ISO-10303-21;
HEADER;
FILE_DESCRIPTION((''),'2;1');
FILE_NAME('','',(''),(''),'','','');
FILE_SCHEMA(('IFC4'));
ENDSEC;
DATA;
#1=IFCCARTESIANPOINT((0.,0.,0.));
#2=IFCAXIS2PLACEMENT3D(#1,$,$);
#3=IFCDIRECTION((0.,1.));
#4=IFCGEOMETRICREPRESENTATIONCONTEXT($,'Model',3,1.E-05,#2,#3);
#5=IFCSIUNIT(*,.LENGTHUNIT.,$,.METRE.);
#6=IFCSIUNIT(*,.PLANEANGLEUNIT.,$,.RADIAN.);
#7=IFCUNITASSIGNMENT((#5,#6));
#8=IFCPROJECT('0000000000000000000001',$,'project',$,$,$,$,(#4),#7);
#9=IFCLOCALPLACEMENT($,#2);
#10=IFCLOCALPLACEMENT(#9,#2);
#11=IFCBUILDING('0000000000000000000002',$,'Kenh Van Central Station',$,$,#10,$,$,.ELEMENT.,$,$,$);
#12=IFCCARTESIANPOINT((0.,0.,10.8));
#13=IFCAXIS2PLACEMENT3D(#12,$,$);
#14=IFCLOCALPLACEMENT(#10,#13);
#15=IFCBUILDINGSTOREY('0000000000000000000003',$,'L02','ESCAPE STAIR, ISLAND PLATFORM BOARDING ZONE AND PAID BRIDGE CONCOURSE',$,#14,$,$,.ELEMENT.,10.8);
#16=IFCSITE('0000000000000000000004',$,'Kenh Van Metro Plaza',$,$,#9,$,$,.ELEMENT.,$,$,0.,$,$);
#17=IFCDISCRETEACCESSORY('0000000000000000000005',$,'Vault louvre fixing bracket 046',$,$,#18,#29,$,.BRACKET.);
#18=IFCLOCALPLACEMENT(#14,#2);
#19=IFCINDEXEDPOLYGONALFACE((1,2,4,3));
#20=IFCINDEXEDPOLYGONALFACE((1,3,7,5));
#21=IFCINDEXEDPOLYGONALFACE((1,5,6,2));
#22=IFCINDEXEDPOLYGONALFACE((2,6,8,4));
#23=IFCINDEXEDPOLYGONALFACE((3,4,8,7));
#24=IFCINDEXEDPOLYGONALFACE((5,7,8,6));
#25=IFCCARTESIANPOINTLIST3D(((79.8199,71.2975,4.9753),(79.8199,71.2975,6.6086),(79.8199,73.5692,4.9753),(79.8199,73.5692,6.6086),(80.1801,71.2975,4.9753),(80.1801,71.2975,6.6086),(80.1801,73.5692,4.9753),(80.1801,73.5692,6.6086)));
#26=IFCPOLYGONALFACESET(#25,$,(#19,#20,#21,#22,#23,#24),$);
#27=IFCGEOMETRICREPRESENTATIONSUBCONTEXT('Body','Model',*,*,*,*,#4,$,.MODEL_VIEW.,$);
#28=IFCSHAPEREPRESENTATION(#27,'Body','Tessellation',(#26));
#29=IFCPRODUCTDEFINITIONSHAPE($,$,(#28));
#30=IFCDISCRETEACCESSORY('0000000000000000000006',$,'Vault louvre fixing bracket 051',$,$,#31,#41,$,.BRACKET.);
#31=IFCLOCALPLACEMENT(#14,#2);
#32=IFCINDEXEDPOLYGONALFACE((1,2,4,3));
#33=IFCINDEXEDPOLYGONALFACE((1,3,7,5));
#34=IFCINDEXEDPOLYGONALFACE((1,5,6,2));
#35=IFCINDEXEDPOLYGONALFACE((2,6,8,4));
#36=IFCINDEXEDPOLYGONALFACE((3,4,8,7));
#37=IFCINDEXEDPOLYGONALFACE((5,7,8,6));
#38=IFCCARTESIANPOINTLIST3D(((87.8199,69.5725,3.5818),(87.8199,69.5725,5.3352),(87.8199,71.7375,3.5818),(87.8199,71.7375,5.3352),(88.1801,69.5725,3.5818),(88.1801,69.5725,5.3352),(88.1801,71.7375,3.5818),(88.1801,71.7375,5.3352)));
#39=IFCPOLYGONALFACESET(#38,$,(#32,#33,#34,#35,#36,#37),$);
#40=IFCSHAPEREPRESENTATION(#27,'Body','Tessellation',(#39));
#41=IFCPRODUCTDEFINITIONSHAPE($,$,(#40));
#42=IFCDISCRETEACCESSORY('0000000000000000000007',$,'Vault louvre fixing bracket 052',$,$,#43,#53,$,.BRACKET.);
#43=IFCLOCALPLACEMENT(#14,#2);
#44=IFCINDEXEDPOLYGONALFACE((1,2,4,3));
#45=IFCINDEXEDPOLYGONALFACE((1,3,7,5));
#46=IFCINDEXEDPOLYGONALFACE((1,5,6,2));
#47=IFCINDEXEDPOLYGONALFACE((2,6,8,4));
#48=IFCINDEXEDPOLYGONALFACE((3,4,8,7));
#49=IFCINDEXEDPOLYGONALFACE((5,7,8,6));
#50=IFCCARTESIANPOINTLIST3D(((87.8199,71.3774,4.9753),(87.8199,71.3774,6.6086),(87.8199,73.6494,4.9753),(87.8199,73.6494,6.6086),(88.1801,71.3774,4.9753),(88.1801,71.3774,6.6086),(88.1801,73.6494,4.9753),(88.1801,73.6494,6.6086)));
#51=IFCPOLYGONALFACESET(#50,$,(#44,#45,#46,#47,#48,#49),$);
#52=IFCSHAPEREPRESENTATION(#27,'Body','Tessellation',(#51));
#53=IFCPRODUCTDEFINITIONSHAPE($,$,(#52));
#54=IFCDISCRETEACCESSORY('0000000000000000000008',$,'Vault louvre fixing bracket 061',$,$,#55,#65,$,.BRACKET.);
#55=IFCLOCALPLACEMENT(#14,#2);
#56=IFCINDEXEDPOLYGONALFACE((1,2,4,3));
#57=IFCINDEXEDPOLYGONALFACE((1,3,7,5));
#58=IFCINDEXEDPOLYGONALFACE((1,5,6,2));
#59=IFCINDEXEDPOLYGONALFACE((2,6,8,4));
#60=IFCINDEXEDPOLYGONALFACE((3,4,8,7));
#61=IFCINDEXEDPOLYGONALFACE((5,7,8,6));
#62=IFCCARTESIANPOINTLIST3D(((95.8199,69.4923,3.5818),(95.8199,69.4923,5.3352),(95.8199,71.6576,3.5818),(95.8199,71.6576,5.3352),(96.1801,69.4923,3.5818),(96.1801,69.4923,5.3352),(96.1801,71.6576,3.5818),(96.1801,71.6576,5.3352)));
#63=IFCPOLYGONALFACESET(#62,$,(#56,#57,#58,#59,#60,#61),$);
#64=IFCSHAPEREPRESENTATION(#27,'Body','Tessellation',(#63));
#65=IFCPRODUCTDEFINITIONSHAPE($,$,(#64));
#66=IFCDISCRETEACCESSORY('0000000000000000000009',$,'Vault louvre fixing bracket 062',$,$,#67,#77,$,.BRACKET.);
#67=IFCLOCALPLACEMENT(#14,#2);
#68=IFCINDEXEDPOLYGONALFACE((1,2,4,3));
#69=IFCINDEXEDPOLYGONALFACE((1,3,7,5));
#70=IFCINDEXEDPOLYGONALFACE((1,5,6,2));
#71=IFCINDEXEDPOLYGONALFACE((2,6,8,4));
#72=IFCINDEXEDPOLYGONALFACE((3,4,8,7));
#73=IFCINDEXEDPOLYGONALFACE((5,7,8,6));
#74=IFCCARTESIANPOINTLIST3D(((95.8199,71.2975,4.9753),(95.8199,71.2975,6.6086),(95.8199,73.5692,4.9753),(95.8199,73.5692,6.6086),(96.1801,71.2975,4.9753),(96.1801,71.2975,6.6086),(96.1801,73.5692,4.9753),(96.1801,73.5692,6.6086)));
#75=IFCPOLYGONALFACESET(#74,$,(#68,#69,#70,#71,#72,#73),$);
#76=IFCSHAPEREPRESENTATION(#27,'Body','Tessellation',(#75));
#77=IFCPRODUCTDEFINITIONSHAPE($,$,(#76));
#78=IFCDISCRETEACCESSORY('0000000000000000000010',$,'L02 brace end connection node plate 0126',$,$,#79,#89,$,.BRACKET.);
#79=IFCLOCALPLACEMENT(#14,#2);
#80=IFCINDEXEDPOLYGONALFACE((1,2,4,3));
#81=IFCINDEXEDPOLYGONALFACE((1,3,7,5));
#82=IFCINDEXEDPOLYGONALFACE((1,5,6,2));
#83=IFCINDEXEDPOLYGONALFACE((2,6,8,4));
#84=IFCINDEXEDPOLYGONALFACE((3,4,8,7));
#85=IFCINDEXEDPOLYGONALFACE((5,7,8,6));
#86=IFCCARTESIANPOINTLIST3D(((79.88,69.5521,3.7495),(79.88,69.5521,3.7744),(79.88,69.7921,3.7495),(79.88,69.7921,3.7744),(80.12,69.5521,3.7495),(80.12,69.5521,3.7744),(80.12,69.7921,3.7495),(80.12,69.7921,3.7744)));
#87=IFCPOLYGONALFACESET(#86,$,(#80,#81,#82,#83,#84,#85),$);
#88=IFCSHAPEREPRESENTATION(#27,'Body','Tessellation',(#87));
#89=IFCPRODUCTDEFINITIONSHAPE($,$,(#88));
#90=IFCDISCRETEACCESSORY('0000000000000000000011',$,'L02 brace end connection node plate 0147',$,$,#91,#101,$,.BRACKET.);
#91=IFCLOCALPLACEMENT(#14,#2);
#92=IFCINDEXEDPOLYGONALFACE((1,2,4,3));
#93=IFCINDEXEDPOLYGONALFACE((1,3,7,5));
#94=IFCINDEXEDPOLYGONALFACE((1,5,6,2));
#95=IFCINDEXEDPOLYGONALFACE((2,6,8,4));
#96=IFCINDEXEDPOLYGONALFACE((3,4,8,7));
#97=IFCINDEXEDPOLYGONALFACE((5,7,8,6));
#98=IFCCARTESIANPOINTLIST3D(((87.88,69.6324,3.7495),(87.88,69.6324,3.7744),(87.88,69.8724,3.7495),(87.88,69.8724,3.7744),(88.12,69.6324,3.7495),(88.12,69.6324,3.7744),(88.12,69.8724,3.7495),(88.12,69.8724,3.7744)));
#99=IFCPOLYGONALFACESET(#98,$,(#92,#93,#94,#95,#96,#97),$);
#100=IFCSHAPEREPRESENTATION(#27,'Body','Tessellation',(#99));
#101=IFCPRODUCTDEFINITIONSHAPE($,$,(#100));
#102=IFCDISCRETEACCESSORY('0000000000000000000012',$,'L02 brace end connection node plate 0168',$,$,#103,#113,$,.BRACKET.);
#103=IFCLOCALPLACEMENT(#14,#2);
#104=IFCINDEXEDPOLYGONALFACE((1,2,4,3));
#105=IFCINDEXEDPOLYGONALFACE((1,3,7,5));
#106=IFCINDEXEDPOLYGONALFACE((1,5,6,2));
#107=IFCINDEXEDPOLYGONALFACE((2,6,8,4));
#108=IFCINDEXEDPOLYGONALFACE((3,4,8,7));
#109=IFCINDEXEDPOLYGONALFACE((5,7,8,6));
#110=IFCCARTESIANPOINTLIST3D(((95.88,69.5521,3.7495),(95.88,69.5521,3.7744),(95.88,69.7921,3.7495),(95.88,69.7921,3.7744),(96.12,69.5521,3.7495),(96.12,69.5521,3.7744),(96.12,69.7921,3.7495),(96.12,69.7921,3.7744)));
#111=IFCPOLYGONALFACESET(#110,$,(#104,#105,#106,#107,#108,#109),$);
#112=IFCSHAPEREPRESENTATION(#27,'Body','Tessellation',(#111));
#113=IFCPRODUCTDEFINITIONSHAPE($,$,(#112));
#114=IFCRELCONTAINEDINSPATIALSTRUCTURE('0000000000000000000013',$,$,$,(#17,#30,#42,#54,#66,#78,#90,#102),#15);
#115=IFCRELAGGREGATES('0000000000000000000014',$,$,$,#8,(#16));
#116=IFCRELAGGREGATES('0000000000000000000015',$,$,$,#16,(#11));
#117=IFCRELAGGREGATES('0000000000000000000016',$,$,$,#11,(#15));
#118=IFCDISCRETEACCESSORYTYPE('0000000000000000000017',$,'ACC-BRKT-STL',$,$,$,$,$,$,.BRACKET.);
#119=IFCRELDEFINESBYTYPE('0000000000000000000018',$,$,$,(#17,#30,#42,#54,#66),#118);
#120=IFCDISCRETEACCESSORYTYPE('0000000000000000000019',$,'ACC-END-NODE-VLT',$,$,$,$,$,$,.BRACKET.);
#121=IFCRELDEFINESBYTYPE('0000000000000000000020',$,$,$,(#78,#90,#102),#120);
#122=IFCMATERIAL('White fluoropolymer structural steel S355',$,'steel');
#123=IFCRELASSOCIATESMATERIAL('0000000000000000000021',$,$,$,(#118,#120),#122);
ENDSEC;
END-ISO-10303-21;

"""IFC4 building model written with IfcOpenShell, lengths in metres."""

from ifc_helpers import new_model, si_unit, direction, frame, origin, origin_2d, place, context, subcontext, project, spatial, rectangle, extrude, material, type_object, element, save


model = new_model("IFC4")

# Units and contexts
model_context = context("Model", 3, precision=1e-05, world=origin(), true_north=direction((0.0, 1.0)))
body_context = subcontext(model_context, "Body", "Model", "MODEL_VIEW")
ifc_project = project(units=[si_unit("LENGTHUNIT", "METRE"), si_unit("PLANEANGLEUNIT", "RADIAN")], contexts=[model_context])

# Site, building, storey
site_placement = place(None, origin())
site = spatial("IfcSite", under=ifc_project, at=site_placement, Name="Kenh Van Metro Plaza", CompositionType="ELEMENT", RefElevation=0.0)
building_placement = place(site_placement, origin())
building = spatial("IfcBuilding", under=site, at=building_placement, Name="Kenh Van Central Station", CompositionType="ELEMENT")
storey_placement = place(building_placement, frame((0.0, 0.0, 10.8)))
storey = spatial("IfcBuildingStorey", under=building, at=storey_placement, Name="L02", Description="ESCAPE STAIR, ISLAND PLATFORM BOARDING ZONE AND PAID BRIDGE CONCOURSE", CompositionType="ELEMENT", Elevation=10.8)

# Shared definitions
ifc_material_1 = material(Name="White fluoropolymer structural steel S355", Category="steel")

# Discrete accessories
discrete_accessory_type_1 = type_object("IfcDiscreteAccessoryType", Name="ACC-BRKT-STL", PredefinedType="BRACKET", material=ifc_material_1)
discrete_accessory_1_placement = place(storey_placement, frame((80.0, 72.4333, 4.9753), z_axis=(0.0, 0.0, 1.0), x_axis=(1.0, 0.0, 0.0)))
element("IfcDiscreteAccessory", 1, at=discrete_accessory_1_placement, inside=storey, type_object=discrete_accessory_type_1, Name="Vault louvre fixing bracket 046", PredefinedType="BRACKET", context=body_context, shape_type="SweptSolid", body=[
    extrude(rectangle(XDim=0.3601, YDim=2.2717, at=origin_2d()), origin(), (0.0, 0.0, 1.0), 1.6333),
])
discrete_accessory_2_placement = place(storey_placement, frame((88.0, 70.655, 3.5818), z_axis=(0.0, 0.0, 1.0), x_axis=(1.0, 0.0, 0.0)))
element("IfcDiscreteAccessory", 2, at=discrete_accessory_2_placement, inside=storey, type_object=discrete_accessory_type_1, Name="Vault louvre fixing bracket 051", PredefinedType="BRACKET", context=body_context, shape_type="SweptSolid", body=[
    extrude(rectangle(XDim=0.3601, YDim=2.165, at=origin_2d()), origin(), (0.0, 0.0, 1.0), 1.7534),
])
discrete_accessory_3_placement = place(storey_placement, frame((88.0, 72.5134, 4.9753), z_axis=(0.0, 0.0, 1.0), x_axis=(1.0, 0.0, 0.0)))
element("IfcDiscreteAccessory", 3, at=discrete_accessory_3_placement, inside=storey, type_object=discrete_accessory_type_1, Name="Vault louvre fixing bracket 052", PredefinedType="BRACKET", context=body_context, shape_type="SweptSolid", body=[
    extrude(rectangle(XDim=0.3601, YDim=2.272, at=origin_2d()), origin(), (0.0, 0.0, 1.0), 1.6333),
])
discrete_accessory_4_placement = place(storey_placement, frame((96.0, 70.575, 3.5818), z_axis=(0.0, 0.0, 1.0), x_axis=(1.0, 0.0, 0.0)))
element("IfcDiscreteAccessory", 4, at=discrete_accessory_4_placement, inside=storey, type_object=discrete_accessory_type_1, Name="Vault louvre fixing bracket 061", PredefinedType="BRACKET", context=body_context, shape_type="SweptSolid", body=[
    extrude(rectangle(XDim=0.3601, YDim=2.1653, at=origin_2d()), origin(), (0.0, 0.0, 1.0), 1.7534),
])
discrete_accessory_5_placement = place(storey_placement, frame((96.0, 72.4333, 4.9753), z_axis=(0.0, 0.0, 1.0), x_axis=(1.0, 0.0, 0.0)))
element("IfcDiscreteAccessory", 5, at=discrete_accessory_5_placement, inside=storey, type_object=discrete_accessory_type_1, Name="Vault louvre fixing bracket 062", PredefinedType="BRACKET", context=body_context, shape_type="SweptSolid", body=[
    extrude(rectangle(XDim=0.3601, YDim=2.2717, at=origin_2d()), origin(), (0.0, 0.0, 1.0), 1.6333),
])
discrete_accessory_type_2 = type_object("IfcDiscreteAccessoryType", Name="ACC-END-NODE-VLT", PredefinedType="BRACKET", material=ifc_material_1)
for number, where, z_axis, x_axis, name in (
    (6, (80.0, 69.6721, 3.7495), (0.0, 0.0, 1.0), (1.0, 0.0, 0.0), "L02 brace end connection node plate 0126"),
    (7, (88.0, 69.7524, 3.7495), (0.0, 0.0, 1.0), (1.0, 0.0, 0.0), "L02 brace end connection node plate 0147"),
    (8, (96.0, 69.6721, 3.7495), (0.0, 0.0, 1.0), (1.0, 0.0, 0.0), "L02 brace end connection node plate 0168"),
):
    element("IfcDiscreteAccessory", number, at=place(storey_placement, frame(where, z_axis=z_axis, x_axis=x_axis)), inside=storey, type_object=discrete_accessory_type_2, Name=name, PredefinedType="BRACKET", context=body_context, shape_type="SweptSolid", body=[
        extrude(rectangle(XDim=0.24, YDim=0.24, at=origin_2d()), origin(), (0.0, 0.0, 1.0), 0.0249),
    ])

save(model, "model.ifc")
